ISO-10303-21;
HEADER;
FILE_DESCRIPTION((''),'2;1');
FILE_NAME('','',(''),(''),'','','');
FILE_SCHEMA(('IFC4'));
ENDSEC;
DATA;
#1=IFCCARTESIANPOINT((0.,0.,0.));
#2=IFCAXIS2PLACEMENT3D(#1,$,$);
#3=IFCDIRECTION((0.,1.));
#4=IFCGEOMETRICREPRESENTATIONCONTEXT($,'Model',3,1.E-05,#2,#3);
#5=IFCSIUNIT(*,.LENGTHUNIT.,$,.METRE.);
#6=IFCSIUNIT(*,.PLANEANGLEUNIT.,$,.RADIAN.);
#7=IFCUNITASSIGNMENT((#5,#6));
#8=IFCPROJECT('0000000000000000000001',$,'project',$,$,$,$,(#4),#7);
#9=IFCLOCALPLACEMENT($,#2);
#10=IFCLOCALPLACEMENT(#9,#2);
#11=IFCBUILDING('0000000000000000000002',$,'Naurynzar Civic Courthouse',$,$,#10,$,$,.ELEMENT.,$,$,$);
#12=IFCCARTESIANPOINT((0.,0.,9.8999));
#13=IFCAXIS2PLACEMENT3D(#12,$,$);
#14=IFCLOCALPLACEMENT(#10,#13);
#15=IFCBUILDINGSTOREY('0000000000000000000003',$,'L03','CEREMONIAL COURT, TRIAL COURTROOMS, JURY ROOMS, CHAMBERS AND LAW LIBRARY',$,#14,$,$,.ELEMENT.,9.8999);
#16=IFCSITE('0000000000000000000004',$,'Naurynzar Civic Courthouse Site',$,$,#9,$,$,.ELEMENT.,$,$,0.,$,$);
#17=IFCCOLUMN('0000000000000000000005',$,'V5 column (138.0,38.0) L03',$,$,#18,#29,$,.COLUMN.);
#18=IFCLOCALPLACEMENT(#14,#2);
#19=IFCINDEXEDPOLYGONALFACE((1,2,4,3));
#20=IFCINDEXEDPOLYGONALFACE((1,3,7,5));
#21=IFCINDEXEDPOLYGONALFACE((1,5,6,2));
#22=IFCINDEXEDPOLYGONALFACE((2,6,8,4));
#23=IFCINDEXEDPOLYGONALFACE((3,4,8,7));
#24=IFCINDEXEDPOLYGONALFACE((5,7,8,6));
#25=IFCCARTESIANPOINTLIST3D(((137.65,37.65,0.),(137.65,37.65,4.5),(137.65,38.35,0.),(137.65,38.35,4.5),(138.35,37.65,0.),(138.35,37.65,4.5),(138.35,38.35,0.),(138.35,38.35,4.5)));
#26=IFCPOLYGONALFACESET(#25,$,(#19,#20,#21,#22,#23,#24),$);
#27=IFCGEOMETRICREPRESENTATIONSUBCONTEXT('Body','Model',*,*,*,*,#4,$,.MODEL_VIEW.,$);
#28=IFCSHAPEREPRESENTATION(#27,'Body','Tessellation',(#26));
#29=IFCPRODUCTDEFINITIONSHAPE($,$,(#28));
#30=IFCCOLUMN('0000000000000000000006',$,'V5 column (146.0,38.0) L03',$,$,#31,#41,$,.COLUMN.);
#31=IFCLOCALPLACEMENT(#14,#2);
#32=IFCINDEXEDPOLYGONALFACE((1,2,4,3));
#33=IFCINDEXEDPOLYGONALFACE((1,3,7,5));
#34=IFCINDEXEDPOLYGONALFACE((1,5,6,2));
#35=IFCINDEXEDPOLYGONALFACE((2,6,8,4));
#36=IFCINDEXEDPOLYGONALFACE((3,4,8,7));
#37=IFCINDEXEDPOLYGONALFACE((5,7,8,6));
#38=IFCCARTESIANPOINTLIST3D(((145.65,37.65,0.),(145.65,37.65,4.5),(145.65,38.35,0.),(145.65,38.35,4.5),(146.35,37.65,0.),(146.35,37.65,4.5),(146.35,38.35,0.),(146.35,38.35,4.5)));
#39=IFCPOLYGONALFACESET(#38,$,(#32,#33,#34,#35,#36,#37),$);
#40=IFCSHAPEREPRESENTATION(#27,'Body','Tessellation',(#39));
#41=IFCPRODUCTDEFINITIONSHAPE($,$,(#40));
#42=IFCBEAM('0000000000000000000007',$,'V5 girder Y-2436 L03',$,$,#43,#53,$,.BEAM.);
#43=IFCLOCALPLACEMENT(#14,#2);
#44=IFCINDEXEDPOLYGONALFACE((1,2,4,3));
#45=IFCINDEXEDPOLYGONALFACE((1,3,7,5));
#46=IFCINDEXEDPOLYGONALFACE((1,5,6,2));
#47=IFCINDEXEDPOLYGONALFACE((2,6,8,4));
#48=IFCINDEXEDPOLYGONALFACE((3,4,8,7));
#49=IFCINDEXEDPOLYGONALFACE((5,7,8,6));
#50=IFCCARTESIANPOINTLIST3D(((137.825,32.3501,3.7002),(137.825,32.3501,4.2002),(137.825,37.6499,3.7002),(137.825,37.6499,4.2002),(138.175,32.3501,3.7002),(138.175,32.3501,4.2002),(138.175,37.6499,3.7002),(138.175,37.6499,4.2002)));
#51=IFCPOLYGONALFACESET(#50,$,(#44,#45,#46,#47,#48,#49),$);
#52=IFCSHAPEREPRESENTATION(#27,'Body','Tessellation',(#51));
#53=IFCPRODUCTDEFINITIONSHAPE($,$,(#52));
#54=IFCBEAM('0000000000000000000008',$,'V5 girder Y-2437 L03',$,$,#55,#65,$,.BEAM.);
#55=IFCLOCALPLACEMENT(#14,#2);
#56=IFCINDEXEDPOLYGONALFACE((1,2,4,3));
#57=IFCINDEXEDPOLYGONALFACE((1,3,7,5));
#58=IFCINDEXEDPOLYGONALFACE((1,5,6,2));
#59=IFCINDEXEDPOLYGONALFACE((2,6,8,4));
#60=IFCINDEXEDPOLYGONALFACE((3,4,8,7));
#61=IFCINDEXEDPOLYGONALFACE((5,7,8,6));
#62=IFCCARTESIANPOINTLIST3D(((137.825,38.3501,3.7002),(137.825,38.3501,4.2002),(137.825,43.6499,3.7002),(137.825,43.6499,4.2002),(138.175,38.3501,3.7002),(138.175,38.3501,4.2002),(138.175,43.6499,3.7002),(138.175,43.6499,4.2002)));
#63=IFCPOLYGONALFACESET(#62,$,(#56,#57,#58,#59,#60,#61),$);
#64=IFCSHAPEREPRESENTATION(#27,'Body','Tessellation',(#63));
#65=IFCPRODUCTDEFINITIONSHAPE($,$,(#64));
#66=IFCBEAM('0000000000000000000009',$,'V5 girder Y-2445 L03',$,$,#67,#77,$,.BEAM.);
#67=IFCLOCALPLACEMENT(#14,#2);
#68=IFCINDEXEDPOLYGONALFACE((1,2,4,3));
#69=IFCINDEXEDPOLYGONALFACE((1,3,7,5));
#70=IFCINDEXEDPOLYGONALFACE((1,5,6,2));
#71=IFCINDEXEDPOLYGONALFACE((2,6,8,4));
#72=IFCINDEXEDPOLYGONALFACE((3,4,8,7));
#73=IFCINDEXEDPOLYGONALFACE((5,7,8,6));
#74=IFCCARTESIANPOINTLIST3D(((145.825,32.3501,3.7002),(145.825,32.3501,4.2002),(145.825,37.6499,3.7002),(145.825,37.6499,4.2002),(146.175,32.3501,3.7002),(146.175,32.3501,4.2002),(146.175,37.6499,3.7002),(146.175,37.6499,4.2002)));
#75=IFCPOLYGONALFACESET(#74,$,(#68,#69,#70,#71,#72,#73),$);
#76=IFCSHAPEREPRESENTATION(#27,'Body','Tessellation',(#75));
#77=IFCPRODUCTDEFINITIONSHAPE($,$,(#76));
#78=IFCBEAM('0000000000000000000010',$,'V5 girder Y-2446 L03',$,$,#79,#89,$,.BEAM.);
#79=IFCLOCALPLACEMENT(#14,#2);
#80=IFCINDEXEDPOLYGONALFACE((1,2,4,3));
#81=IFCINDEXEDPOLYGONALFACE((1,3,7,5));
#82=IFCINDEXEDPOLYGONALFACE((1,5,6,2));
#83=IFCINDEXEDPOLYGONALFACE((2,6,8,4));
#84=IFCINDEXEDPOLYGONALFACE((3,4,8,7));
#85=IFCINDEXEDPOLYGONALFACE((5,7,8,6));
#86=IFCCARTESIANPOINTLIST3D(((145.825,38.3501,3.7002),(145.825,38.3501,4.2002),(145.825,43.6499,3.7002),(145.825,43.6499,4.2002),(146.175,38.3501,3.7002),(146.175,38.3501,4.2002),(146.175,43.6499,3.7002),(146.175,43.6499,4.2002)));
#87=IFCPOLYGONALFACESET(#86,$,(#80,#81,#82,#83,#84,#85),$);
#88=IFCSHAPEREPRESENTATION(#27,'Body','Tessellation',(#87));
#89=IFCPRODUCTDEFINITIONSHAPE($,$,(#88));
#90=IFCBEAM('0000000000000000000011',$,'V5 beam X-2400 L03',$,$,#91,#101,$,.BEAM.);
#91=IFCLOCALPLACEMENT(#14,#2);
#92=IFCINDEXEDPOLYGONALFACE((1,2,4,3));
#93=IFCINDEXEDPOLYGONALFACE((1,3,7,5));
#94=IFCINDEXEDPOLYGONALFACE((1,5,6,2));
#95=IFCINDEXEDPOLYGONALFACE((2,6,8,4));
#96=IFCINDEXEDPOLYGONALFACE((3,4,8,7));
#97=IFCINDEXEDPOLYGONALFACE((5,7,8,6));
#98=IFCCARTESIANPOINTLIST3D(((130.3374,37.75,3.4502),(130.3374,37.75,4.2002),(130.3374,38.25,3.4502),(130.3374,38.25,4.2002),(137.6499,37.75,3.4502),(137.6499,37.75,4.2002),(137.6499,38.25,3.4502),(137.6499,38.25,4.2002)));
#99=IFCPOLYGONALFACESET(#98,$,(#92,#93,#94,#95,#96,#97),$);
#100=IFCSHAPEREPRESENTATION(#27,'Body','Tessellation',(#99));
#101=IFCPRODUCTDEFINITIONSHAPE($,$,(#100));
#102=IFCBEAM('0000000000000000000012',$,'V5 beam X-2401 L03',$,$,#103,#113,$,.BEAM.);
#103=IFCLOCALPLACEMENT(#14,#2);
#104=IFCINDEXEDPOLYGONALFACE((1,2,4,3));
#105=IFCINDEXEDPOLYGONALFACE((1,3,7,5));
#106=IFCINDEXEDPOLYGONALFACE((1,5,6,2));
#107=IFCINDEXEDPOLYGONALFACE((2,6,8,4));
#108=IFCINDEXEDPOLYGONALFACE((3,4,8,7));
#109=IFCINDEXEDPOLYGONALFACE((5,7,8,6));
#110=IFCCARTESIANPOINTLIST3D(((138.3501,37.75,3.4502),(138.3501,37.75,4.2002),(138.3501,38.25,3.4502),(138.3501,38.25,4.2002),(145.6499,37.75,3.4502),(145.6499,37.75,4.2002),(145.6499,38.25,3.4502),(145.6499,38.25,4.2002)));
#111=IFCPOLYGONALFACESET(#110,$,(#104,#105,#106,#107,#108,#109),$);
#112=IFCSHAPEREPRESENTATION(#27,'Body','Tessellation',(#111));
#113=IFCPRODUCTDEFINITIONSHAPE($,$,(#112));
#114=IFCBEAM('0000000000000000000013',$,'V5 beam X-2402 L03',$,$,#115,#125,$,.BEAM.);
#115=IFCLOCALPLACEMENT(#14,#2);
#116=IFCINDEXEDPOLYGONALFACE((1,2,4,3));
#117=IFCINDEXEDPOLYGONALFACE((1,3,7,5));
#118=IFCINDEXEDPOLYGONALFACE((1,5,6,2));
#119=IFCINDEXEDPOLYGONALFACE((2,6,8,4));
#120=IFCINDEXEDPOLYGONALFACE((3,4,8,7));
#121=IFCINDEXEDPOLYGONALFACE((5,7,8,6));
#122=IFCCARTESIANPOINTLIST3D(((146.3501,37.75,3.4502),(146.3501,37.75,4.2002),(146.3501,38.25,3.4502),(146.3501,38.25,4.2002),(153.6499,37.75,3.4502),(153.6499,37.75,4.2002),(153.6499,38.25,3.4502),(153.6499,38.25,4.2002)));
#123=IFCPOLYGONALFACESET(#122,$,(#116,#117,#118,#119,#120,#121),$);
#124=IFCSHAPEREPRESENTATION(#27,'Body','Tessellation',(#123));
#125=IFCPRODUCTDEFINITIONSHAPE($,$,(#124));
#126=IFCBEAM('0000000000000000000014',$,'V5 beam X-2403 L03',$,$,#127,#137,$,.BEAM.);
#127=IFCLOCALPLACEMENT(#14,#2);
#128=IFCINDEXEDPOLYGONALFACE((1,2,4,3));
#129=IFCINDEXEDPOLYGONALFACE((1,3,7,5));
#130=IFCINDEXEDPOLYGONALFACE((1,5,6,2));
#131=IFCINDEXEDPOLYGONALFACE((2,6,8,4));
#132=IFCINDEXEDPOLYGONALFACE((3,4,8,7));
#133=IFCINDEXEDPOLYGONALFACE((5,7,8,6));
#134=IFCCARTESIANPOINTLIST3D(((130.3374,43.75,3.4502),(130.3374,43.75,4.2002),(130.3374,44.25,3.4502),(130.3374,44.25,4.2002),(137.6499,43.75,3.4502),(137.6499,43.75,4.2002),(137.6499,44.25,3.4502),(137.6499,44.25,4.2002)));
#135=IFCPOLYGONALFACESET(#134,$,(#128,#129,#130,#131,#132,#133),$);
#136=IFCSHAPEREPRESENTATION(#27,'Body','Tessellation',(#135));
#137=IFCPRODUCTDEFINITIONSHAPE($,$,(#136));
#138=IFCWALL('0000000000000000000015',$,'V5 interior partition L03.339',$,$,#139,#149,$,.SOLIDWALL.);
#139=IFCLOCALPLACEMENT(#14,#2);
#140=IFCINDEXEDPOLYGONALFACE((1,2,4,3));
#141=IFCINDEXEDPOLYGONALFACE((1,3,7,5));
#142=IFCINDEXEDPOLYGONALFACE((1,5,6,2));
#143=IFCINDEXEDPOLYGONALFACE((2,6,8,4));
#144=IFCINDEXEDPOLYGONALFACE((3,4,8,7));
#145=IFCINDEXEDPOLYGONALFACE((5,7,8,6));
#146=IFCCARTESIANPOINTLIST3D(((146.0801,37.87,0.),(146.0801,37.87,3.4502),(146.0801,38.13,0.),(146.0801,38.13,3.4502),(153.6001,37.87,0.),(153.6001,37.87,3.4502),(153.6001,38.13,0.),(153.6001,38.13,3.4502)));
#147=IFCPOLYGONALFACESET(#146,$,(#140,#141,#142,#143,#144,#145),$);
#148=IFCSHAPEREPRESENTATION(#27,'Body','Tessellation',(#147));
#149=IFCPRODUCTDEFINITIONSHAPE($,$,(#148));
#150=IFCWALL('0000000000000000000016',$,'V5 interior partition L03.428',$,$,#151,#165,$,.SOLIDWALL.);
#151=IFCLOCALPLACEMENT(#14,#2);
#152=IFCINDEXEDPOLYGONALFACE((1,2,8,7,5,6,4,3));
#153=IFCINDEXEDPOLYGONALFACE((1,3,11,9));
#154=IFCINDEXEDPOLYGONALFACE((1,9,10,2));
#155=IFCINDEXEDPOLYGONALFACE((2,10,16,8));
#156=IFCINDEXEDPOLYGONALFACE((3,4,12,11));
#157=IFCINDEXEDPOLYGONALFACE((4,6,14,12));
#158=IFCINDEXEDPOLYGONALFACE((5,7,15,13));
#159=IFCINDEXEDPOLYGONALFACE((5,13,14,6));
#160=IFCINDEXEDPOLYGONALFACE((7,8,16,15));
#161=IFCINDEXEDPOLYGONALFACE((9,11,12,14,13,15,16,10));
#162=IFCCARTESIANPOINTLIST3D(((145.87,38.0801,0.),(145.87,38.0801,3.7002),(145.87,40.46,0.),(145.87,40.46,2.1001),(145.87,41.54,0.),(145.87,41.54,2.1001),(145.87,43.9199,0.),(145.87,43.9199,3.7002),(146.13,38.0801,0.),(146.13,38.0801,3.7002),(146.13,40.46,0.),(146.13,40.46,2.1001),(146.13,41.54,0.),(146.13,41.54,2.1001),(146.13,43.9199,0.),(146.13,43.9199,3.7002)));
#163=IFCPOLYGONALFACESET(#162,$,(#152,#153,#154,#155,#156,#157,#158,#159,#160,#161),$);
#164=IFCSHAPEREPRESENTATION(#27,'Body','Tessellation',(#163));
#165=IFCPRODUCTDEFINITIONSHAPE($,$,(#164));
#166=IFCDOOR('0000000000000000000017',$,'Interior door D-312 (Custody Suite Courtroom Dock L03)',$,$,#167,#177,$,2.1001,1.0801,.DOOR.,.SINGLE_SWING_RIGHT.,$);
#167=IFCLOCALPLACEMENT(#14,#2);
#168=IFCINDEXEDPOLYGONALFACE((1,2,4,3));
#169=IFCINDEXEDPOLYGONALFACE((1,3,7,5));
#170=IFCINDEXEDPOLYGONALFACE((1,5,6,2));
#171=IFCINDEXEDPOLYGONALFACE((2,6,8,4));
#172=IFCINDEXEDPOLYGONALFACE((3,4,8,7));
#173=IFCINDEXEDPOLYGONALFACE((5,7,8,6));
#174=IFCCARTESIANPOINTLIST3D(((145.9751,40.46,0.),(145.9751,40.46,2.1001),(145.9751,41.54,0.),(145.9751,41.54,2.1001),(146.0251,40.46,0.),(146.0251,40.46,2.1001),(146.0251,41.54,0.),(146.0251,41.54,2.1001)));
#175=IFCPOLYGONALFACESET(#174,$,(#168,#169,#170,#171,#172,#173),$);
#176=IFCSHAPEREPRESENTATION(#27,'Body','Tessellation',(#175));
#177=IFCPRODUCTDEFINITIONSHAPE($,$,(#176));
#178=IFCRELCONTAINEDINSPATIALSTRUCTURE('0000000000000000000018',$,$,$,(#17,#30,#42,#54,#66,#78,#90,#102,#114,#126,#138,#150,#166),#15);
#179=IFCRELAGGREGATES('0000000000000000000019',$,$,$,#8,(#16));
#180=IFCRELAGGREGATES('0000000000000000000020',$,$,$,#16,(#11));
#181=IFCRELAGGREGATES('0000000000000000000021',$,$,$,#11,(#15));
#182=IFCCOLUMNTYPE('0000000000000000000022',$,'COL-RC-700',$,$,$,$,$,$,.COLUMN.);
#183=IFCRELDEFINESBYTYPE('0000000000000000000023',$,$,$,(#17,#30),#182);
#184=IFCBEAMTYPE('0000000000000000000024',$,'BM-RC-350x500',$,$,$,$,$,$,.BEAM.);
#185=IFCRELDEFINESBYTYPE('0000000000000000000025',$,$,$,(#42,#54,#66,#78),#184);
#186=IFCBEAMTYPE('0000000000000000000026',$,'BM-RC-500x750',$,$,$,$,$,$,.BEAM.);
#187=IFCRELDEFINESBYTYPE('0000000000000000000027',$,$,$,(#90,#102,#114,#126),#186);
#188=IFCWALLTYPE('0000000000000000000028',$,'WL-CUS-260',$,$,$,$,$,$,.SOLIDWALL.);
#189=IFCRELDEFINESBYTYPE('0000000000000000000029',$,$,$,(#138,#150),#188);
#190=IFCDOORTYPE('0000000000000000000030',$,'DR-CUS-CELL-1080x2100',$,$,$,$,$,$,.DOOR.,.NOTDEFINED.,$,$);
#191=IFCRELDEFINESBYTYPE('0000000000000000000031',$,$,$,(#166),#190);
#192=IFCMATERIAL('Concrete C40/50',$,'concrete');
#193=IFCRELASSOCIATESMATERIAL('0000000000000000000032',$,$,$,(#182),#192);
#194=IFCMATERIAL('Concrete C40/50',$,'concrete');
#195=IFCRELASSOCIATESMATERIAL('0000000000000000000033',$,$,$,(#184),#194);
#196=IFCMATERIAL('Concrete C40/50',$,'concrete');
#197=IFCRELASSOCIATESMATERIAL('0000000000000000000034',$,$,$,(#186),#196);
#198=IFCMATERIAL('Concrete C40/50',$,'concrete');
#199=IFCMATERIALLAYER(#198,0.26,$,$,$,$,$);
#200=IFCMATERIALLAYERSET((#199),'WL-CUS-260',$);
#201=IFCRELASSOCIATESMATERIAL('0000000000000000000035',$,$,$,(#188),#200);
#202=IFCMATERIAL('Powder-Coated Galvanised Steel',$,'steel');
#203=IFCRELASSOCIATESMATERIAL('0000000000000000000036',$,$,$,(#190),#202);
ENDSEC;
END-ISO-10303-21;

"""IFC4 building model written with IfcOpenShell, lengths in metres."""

from ifc_helpers import new_model, si_unit, direction, frame, frame_2d, origin, origin_2d, place, context, subcontext, project, spatial, rectangle, extrude, material, layer, layer_set, material_profile, profile_set, type_object, element, fill, save


model = new_model("IFC4")

# Units and contexts
model_context = context("Model", 3, precision=1e-05, world=origin(), true_north=direction((0.0, 1.0)))
body_context = subcontext(model_context, "Body", "Model", "MODEL_VIEW")
ifc_project = project(units=[si_unit("LENGTHUNIT", "METRE"), si_unit("PLANEANGLEUNIT", "RADIAN")], contexts=[model_context])

# Site, building, storey
site_placement = place(None, origin())
site = spatial("IfcSite", under=ifc_project, at=site_placement, Name="Naurynzar Civic Courthouse Site", CompositionType="ELEMENT", RefElevation=0.0)
building_placement = place(site_placement, origin())
building = spatial("IfcBuilding", under=site, at=building_placement, Name="Naurynzar Civic Courthouse", CompositionType="ELEMENT")
storey_placement = place(building_placement, frame((0.0, 0.0, 9.8999)))
storey = spatial("IfcBuildingStorey", under=building, at=storey_placement, Name="L03", Description="CEREMONIAL COURT, TRIAL COURTROOMS, JURY ROOMS, CHAMBERS AND LAW LIBRARY", CompositionType="ELEMENT", Elevation=9.8999)

# Columns
ifc_material_1 = material(Name="Concrete C40/50", Category="concrete")
ifc_material_profile_1 = material_profile(ifc_material_1, rectangle(XDim=0.7, YDim=0.7, at=origin_2d()), Name="RC 700x700")
ifc_profile_set_1 = profile_set([ifc_material_profile_1], Name="Concrete C40/50")
column_type = type_object("IfcColumnType", Name="COL-RC-700", PredefinedType="COLUMN", material=ifc_profile_set_1)
for number, where, z_axis, x_axis, name in (
    (1, (138.0, 38.0, 0.0), (0.0, 0.0, 1.0), (1.0, 0.0, 0.0), "V5 column (138.0,38.0) L03"),
    (2, (146.0, 38.0, 0.0), (0.0, 0.0, 1.0), (1.0, 0.0, 0.0), "V5 column (146.0,38.0) L03"),
):
    element("IfcColumn", number, at=place(storey_placement, frame(where, z_axis=z_axis, x_axis=x_axis)), inside=storey, type_object=column_type, Name=name, PredefinedType="COLUMN", context=body_context, shape_type="SweptSolid", body=[
        extrude(rectangle(XDim=0.7, YDim=0.7, at=origin_2d()), origin(), (0.0, 0.0, 1.0), 4.5),
    ])

# Beams
ifc_material_2 = material(Name="Concrete C40/50", Category="concrete")
ifc_material_profile_2 = material_profile(ifc_material_2, rectangle(XDim=0.3501, YDim=0.5, at=origin_2d()), Name="RCB 350x500")
ifc_profile_set_2 = profile_set([ifc_material_profile_2], Name="Concrete C40/50")
beam_type_1 = type_object("IfcBeamType", Name="BM-RC-350x500", PredefinedType="BEAM", material=ifc_profile_set_2)
for number, where, z_axis, x_axis, name in (
    (3, (138.0, 32.3501, 3.9502), (0.0, 1.0, 0.0), (-1.0, 0.0, 0.0), "V5 girder Y-2436 L03"),
    (4, (138.0, 38.3501, 3.9502), (0.0, 1.0, 0.0), (-1.0, 0.0, 0.0), "V5 girder Y-2437 L03"),
    (5, (146.0, 32.3501, 3.9502), (0.0, 1.0, 0.0), (-1.0, 0.0, 0.0), "V5 girder Y-2445 L03"),
    (6, (146.0, 38.3501, 3.9502), (0.0, 1.0, 0.0), (-1.0, 0.0, 0.0), "V5 girder Y-2446 L03"),
):
    element("IfcBeam", number, at=place(storey_placement, frame(where, z_axis=z_axis, x_axis=x_axis)), inside=storey, type_object=beam_type_1, Name=name, PredefinedType="BEAM", context=body_context, shape_type="SweptSolid", body=[
        extrude(rectangle(XDim=0.3501, YDim=0.5, at=origin_2d()), origin(), (0.0, 0.0, 1.0), 5.2998),
    ])
ifc_material_3 = material(Name="Concrete C40/50", Category="concrete")
ifc_material_profile_3 = material_profile(ifc_material_3, rectangle(XDim=0.5, YDim=0.75, at=origin_2d()), Name="RCB 500x750")
ifc_profile_set_3 = profile_set([ifc_material_profile_3], Name="Concrete C40/50")
beam_type_2 = type_object("IfcBeamType", Name="BM-RC-500x750", PredefinedType="BEAM", material=ifc_profile_set_3)
beam_1_placement = place(storey_placement, frame((130.3374, 38.0, 3.8252), z_axis=(1.0, 0.0, 0.0), x_axis=(0.0, 1.0, 0.0)))
element("IfcBeam", 7, at=beam_1_placement, inside=storey, type_object=beam_type_2, Name="V5 beam X-2400 L03", PredefinedType="BEAM", context=body_context, shape_type="SweptSolid", body=[
    extrude(rectangle(XDim=0.5, YDim=0.75, at=origin_2d()), origin(), (0.0, 0.0, 1.0), 7.3125),
])
for number, where, z_axis, x_axis, name in (
    (8, (138.3501, 38.0, 3.8252), (1.0, 0.0, 0.0), (0.0, 1.0, 0.0), "V5 beam X-2401 L03"),
    (9, (146.3501, 38.0, 3.8252), (1.0, 0.0, 0.0), (0.0, 1.0, 0.0), "V5 beam X-2402 L03"),
):
    element("IfcBeam", number, at=place(storey_placement, frame(where, z_axis=z_axis, x_axis=x_axis)), inside=storey, type_object=beam_type_2, Name=name, PredefinedType="BEAM", context=body_context, shape_type="SweptSolid", body=[
        extrude(rectangle(XDim=0.5, YDim=0.75, at=origin_2d()), origin(), (0.0, 0.0, 1.0), 7.2998),
    ])
beam_2_placement = place(storey_placement, frame((130.3374, 44.0, 3.8252), z_axis=(1.0, 0.0, 0.0), x_axis=(0.0, 1.0, 0.0)))
element("IfcBeam", 10, at=beam_2_placement, inside=storey, type_object=beam_type_2, Name="V5 beam X-2403 L03", PredefinedType="BEAM", context=body_context, shape_type="SweptSolid", body=[
    extrude(rectangle(XDim=0.5, YDim=0.75, at=origin_2d()), origin(), (0.0, 0.0, 1.0), 7.3125),
])

# Wall
ifc_material_4 = material(Name="Concrete C40/50", Category="concrete")
ifc_layer_1 = layer(ifc_material_4, 0.26)
ifc_layer_set_1 = layer_set([ifc_layer_1], Name="WL-CUS-260")
wall_type_1 = type_object("IfcWallType", Name="WL-CUS-260", PredefinedType="SOLIDWALL", material=ifc_layer_set_1)
wall_1_placement = place(storey_placement, frame((146.0801, 38.0, 0.0), z_axis=(0.0, 0.0, 1.0), x_axis=(1.0, 0.0, 0.0)))
element("IfcWall", 11, at=wall_1_placement, inside=storey, type_object=wall_type_1, Name="V5 interior partition L03.339", PredefinedType="SOLIDWALL", context=body_context, shape_type="SweptSolid", body=[
    extrude(rectangle(XDim=7.52, YDim=0.26, at=frame_2d((3.76, 0.0))), origin(), (0.0, 0.0, 1.0), 3.4502),
])

# Wall, opening, door
wall_2_placement = place(storey_placement, frame((146.0, 38.0801, 0.0), z_axis=(0.0, 0.0, 1.0), x_axis=(0.0, 1.0, 0.0)))
wall_2 = element("IfcWall", 12, at=wall_2_placement, inside=storey, type_object=wall_type_1, Name="V5 interior partition L03.428", PredefinedType="SOLIDWALL", context=body_context, shape_type="SweptSolid", body=[
    extrude(rectangle(XDim=5.8398, YDim=0.26, at=frame_2d((2.9199, 0.0))), origin(), (0.0, 0.0, 1.0), 3.7002),
])
opening_1_placement = place(wall_2_placement, frame((2.3799, 0.0, 0.0)))
opening_1 = element("IfcOpeningElement", 13, at=opening_1_placement, cuts=wall_2, PredefinedType="OPENING", context=body_context, shape_type="SweptSolid", body=[
    extrude(rectangle(XDim=1.0801, YDim=2.1001, at=frame_2d((0.54, 1.05))), frame((0.0, 0.1399, 0.0), z_axis=(0.0, -1.0, 0.0), x_axis=(1.0, 0.0, 0.0)), (0.0, 0.0, 1.0), 0.28),
])
ifc_material_5 = material(Name="Powder-Coated Galvanised Steel", Category="steel")
door_type_1 = type_object("IfcDoorType", Name="DR-CUS-CELL-1080x2100", OperationType="NOTDEFINED", PredefinedType="DOOR", material=ifc_material_5)
door_1_placement = place(opening_1_placement, origin())
door_1 = element("IfcDoor", 14, at=door_1_placement, inside=storey, type_object=door_type_1, Name="Interior door D-312 (Custody Suite Courtroom Dock L03)", OperationType="SINGLE_SWING_RIGHT", OverallHeight=2.1001, OverallWidth=1.0801, PredefinedType="DOOR", context=body_context, shape_type="SweptSolid", body=[
    extrude(rectangle(XDim=1.0801, YDim=2.1001, at=frame_2d((0.54, 1.05))), frame((0.0, 0.0249, 0.0), z_axis=(0.0, -1.0, 0.0), x_axis=(1.0, 0.0, 0.0)), (0.0, 0.0, 1.0), 0.05),
])
fill(opening_1, door_1)

save(model, "model.ifc")
